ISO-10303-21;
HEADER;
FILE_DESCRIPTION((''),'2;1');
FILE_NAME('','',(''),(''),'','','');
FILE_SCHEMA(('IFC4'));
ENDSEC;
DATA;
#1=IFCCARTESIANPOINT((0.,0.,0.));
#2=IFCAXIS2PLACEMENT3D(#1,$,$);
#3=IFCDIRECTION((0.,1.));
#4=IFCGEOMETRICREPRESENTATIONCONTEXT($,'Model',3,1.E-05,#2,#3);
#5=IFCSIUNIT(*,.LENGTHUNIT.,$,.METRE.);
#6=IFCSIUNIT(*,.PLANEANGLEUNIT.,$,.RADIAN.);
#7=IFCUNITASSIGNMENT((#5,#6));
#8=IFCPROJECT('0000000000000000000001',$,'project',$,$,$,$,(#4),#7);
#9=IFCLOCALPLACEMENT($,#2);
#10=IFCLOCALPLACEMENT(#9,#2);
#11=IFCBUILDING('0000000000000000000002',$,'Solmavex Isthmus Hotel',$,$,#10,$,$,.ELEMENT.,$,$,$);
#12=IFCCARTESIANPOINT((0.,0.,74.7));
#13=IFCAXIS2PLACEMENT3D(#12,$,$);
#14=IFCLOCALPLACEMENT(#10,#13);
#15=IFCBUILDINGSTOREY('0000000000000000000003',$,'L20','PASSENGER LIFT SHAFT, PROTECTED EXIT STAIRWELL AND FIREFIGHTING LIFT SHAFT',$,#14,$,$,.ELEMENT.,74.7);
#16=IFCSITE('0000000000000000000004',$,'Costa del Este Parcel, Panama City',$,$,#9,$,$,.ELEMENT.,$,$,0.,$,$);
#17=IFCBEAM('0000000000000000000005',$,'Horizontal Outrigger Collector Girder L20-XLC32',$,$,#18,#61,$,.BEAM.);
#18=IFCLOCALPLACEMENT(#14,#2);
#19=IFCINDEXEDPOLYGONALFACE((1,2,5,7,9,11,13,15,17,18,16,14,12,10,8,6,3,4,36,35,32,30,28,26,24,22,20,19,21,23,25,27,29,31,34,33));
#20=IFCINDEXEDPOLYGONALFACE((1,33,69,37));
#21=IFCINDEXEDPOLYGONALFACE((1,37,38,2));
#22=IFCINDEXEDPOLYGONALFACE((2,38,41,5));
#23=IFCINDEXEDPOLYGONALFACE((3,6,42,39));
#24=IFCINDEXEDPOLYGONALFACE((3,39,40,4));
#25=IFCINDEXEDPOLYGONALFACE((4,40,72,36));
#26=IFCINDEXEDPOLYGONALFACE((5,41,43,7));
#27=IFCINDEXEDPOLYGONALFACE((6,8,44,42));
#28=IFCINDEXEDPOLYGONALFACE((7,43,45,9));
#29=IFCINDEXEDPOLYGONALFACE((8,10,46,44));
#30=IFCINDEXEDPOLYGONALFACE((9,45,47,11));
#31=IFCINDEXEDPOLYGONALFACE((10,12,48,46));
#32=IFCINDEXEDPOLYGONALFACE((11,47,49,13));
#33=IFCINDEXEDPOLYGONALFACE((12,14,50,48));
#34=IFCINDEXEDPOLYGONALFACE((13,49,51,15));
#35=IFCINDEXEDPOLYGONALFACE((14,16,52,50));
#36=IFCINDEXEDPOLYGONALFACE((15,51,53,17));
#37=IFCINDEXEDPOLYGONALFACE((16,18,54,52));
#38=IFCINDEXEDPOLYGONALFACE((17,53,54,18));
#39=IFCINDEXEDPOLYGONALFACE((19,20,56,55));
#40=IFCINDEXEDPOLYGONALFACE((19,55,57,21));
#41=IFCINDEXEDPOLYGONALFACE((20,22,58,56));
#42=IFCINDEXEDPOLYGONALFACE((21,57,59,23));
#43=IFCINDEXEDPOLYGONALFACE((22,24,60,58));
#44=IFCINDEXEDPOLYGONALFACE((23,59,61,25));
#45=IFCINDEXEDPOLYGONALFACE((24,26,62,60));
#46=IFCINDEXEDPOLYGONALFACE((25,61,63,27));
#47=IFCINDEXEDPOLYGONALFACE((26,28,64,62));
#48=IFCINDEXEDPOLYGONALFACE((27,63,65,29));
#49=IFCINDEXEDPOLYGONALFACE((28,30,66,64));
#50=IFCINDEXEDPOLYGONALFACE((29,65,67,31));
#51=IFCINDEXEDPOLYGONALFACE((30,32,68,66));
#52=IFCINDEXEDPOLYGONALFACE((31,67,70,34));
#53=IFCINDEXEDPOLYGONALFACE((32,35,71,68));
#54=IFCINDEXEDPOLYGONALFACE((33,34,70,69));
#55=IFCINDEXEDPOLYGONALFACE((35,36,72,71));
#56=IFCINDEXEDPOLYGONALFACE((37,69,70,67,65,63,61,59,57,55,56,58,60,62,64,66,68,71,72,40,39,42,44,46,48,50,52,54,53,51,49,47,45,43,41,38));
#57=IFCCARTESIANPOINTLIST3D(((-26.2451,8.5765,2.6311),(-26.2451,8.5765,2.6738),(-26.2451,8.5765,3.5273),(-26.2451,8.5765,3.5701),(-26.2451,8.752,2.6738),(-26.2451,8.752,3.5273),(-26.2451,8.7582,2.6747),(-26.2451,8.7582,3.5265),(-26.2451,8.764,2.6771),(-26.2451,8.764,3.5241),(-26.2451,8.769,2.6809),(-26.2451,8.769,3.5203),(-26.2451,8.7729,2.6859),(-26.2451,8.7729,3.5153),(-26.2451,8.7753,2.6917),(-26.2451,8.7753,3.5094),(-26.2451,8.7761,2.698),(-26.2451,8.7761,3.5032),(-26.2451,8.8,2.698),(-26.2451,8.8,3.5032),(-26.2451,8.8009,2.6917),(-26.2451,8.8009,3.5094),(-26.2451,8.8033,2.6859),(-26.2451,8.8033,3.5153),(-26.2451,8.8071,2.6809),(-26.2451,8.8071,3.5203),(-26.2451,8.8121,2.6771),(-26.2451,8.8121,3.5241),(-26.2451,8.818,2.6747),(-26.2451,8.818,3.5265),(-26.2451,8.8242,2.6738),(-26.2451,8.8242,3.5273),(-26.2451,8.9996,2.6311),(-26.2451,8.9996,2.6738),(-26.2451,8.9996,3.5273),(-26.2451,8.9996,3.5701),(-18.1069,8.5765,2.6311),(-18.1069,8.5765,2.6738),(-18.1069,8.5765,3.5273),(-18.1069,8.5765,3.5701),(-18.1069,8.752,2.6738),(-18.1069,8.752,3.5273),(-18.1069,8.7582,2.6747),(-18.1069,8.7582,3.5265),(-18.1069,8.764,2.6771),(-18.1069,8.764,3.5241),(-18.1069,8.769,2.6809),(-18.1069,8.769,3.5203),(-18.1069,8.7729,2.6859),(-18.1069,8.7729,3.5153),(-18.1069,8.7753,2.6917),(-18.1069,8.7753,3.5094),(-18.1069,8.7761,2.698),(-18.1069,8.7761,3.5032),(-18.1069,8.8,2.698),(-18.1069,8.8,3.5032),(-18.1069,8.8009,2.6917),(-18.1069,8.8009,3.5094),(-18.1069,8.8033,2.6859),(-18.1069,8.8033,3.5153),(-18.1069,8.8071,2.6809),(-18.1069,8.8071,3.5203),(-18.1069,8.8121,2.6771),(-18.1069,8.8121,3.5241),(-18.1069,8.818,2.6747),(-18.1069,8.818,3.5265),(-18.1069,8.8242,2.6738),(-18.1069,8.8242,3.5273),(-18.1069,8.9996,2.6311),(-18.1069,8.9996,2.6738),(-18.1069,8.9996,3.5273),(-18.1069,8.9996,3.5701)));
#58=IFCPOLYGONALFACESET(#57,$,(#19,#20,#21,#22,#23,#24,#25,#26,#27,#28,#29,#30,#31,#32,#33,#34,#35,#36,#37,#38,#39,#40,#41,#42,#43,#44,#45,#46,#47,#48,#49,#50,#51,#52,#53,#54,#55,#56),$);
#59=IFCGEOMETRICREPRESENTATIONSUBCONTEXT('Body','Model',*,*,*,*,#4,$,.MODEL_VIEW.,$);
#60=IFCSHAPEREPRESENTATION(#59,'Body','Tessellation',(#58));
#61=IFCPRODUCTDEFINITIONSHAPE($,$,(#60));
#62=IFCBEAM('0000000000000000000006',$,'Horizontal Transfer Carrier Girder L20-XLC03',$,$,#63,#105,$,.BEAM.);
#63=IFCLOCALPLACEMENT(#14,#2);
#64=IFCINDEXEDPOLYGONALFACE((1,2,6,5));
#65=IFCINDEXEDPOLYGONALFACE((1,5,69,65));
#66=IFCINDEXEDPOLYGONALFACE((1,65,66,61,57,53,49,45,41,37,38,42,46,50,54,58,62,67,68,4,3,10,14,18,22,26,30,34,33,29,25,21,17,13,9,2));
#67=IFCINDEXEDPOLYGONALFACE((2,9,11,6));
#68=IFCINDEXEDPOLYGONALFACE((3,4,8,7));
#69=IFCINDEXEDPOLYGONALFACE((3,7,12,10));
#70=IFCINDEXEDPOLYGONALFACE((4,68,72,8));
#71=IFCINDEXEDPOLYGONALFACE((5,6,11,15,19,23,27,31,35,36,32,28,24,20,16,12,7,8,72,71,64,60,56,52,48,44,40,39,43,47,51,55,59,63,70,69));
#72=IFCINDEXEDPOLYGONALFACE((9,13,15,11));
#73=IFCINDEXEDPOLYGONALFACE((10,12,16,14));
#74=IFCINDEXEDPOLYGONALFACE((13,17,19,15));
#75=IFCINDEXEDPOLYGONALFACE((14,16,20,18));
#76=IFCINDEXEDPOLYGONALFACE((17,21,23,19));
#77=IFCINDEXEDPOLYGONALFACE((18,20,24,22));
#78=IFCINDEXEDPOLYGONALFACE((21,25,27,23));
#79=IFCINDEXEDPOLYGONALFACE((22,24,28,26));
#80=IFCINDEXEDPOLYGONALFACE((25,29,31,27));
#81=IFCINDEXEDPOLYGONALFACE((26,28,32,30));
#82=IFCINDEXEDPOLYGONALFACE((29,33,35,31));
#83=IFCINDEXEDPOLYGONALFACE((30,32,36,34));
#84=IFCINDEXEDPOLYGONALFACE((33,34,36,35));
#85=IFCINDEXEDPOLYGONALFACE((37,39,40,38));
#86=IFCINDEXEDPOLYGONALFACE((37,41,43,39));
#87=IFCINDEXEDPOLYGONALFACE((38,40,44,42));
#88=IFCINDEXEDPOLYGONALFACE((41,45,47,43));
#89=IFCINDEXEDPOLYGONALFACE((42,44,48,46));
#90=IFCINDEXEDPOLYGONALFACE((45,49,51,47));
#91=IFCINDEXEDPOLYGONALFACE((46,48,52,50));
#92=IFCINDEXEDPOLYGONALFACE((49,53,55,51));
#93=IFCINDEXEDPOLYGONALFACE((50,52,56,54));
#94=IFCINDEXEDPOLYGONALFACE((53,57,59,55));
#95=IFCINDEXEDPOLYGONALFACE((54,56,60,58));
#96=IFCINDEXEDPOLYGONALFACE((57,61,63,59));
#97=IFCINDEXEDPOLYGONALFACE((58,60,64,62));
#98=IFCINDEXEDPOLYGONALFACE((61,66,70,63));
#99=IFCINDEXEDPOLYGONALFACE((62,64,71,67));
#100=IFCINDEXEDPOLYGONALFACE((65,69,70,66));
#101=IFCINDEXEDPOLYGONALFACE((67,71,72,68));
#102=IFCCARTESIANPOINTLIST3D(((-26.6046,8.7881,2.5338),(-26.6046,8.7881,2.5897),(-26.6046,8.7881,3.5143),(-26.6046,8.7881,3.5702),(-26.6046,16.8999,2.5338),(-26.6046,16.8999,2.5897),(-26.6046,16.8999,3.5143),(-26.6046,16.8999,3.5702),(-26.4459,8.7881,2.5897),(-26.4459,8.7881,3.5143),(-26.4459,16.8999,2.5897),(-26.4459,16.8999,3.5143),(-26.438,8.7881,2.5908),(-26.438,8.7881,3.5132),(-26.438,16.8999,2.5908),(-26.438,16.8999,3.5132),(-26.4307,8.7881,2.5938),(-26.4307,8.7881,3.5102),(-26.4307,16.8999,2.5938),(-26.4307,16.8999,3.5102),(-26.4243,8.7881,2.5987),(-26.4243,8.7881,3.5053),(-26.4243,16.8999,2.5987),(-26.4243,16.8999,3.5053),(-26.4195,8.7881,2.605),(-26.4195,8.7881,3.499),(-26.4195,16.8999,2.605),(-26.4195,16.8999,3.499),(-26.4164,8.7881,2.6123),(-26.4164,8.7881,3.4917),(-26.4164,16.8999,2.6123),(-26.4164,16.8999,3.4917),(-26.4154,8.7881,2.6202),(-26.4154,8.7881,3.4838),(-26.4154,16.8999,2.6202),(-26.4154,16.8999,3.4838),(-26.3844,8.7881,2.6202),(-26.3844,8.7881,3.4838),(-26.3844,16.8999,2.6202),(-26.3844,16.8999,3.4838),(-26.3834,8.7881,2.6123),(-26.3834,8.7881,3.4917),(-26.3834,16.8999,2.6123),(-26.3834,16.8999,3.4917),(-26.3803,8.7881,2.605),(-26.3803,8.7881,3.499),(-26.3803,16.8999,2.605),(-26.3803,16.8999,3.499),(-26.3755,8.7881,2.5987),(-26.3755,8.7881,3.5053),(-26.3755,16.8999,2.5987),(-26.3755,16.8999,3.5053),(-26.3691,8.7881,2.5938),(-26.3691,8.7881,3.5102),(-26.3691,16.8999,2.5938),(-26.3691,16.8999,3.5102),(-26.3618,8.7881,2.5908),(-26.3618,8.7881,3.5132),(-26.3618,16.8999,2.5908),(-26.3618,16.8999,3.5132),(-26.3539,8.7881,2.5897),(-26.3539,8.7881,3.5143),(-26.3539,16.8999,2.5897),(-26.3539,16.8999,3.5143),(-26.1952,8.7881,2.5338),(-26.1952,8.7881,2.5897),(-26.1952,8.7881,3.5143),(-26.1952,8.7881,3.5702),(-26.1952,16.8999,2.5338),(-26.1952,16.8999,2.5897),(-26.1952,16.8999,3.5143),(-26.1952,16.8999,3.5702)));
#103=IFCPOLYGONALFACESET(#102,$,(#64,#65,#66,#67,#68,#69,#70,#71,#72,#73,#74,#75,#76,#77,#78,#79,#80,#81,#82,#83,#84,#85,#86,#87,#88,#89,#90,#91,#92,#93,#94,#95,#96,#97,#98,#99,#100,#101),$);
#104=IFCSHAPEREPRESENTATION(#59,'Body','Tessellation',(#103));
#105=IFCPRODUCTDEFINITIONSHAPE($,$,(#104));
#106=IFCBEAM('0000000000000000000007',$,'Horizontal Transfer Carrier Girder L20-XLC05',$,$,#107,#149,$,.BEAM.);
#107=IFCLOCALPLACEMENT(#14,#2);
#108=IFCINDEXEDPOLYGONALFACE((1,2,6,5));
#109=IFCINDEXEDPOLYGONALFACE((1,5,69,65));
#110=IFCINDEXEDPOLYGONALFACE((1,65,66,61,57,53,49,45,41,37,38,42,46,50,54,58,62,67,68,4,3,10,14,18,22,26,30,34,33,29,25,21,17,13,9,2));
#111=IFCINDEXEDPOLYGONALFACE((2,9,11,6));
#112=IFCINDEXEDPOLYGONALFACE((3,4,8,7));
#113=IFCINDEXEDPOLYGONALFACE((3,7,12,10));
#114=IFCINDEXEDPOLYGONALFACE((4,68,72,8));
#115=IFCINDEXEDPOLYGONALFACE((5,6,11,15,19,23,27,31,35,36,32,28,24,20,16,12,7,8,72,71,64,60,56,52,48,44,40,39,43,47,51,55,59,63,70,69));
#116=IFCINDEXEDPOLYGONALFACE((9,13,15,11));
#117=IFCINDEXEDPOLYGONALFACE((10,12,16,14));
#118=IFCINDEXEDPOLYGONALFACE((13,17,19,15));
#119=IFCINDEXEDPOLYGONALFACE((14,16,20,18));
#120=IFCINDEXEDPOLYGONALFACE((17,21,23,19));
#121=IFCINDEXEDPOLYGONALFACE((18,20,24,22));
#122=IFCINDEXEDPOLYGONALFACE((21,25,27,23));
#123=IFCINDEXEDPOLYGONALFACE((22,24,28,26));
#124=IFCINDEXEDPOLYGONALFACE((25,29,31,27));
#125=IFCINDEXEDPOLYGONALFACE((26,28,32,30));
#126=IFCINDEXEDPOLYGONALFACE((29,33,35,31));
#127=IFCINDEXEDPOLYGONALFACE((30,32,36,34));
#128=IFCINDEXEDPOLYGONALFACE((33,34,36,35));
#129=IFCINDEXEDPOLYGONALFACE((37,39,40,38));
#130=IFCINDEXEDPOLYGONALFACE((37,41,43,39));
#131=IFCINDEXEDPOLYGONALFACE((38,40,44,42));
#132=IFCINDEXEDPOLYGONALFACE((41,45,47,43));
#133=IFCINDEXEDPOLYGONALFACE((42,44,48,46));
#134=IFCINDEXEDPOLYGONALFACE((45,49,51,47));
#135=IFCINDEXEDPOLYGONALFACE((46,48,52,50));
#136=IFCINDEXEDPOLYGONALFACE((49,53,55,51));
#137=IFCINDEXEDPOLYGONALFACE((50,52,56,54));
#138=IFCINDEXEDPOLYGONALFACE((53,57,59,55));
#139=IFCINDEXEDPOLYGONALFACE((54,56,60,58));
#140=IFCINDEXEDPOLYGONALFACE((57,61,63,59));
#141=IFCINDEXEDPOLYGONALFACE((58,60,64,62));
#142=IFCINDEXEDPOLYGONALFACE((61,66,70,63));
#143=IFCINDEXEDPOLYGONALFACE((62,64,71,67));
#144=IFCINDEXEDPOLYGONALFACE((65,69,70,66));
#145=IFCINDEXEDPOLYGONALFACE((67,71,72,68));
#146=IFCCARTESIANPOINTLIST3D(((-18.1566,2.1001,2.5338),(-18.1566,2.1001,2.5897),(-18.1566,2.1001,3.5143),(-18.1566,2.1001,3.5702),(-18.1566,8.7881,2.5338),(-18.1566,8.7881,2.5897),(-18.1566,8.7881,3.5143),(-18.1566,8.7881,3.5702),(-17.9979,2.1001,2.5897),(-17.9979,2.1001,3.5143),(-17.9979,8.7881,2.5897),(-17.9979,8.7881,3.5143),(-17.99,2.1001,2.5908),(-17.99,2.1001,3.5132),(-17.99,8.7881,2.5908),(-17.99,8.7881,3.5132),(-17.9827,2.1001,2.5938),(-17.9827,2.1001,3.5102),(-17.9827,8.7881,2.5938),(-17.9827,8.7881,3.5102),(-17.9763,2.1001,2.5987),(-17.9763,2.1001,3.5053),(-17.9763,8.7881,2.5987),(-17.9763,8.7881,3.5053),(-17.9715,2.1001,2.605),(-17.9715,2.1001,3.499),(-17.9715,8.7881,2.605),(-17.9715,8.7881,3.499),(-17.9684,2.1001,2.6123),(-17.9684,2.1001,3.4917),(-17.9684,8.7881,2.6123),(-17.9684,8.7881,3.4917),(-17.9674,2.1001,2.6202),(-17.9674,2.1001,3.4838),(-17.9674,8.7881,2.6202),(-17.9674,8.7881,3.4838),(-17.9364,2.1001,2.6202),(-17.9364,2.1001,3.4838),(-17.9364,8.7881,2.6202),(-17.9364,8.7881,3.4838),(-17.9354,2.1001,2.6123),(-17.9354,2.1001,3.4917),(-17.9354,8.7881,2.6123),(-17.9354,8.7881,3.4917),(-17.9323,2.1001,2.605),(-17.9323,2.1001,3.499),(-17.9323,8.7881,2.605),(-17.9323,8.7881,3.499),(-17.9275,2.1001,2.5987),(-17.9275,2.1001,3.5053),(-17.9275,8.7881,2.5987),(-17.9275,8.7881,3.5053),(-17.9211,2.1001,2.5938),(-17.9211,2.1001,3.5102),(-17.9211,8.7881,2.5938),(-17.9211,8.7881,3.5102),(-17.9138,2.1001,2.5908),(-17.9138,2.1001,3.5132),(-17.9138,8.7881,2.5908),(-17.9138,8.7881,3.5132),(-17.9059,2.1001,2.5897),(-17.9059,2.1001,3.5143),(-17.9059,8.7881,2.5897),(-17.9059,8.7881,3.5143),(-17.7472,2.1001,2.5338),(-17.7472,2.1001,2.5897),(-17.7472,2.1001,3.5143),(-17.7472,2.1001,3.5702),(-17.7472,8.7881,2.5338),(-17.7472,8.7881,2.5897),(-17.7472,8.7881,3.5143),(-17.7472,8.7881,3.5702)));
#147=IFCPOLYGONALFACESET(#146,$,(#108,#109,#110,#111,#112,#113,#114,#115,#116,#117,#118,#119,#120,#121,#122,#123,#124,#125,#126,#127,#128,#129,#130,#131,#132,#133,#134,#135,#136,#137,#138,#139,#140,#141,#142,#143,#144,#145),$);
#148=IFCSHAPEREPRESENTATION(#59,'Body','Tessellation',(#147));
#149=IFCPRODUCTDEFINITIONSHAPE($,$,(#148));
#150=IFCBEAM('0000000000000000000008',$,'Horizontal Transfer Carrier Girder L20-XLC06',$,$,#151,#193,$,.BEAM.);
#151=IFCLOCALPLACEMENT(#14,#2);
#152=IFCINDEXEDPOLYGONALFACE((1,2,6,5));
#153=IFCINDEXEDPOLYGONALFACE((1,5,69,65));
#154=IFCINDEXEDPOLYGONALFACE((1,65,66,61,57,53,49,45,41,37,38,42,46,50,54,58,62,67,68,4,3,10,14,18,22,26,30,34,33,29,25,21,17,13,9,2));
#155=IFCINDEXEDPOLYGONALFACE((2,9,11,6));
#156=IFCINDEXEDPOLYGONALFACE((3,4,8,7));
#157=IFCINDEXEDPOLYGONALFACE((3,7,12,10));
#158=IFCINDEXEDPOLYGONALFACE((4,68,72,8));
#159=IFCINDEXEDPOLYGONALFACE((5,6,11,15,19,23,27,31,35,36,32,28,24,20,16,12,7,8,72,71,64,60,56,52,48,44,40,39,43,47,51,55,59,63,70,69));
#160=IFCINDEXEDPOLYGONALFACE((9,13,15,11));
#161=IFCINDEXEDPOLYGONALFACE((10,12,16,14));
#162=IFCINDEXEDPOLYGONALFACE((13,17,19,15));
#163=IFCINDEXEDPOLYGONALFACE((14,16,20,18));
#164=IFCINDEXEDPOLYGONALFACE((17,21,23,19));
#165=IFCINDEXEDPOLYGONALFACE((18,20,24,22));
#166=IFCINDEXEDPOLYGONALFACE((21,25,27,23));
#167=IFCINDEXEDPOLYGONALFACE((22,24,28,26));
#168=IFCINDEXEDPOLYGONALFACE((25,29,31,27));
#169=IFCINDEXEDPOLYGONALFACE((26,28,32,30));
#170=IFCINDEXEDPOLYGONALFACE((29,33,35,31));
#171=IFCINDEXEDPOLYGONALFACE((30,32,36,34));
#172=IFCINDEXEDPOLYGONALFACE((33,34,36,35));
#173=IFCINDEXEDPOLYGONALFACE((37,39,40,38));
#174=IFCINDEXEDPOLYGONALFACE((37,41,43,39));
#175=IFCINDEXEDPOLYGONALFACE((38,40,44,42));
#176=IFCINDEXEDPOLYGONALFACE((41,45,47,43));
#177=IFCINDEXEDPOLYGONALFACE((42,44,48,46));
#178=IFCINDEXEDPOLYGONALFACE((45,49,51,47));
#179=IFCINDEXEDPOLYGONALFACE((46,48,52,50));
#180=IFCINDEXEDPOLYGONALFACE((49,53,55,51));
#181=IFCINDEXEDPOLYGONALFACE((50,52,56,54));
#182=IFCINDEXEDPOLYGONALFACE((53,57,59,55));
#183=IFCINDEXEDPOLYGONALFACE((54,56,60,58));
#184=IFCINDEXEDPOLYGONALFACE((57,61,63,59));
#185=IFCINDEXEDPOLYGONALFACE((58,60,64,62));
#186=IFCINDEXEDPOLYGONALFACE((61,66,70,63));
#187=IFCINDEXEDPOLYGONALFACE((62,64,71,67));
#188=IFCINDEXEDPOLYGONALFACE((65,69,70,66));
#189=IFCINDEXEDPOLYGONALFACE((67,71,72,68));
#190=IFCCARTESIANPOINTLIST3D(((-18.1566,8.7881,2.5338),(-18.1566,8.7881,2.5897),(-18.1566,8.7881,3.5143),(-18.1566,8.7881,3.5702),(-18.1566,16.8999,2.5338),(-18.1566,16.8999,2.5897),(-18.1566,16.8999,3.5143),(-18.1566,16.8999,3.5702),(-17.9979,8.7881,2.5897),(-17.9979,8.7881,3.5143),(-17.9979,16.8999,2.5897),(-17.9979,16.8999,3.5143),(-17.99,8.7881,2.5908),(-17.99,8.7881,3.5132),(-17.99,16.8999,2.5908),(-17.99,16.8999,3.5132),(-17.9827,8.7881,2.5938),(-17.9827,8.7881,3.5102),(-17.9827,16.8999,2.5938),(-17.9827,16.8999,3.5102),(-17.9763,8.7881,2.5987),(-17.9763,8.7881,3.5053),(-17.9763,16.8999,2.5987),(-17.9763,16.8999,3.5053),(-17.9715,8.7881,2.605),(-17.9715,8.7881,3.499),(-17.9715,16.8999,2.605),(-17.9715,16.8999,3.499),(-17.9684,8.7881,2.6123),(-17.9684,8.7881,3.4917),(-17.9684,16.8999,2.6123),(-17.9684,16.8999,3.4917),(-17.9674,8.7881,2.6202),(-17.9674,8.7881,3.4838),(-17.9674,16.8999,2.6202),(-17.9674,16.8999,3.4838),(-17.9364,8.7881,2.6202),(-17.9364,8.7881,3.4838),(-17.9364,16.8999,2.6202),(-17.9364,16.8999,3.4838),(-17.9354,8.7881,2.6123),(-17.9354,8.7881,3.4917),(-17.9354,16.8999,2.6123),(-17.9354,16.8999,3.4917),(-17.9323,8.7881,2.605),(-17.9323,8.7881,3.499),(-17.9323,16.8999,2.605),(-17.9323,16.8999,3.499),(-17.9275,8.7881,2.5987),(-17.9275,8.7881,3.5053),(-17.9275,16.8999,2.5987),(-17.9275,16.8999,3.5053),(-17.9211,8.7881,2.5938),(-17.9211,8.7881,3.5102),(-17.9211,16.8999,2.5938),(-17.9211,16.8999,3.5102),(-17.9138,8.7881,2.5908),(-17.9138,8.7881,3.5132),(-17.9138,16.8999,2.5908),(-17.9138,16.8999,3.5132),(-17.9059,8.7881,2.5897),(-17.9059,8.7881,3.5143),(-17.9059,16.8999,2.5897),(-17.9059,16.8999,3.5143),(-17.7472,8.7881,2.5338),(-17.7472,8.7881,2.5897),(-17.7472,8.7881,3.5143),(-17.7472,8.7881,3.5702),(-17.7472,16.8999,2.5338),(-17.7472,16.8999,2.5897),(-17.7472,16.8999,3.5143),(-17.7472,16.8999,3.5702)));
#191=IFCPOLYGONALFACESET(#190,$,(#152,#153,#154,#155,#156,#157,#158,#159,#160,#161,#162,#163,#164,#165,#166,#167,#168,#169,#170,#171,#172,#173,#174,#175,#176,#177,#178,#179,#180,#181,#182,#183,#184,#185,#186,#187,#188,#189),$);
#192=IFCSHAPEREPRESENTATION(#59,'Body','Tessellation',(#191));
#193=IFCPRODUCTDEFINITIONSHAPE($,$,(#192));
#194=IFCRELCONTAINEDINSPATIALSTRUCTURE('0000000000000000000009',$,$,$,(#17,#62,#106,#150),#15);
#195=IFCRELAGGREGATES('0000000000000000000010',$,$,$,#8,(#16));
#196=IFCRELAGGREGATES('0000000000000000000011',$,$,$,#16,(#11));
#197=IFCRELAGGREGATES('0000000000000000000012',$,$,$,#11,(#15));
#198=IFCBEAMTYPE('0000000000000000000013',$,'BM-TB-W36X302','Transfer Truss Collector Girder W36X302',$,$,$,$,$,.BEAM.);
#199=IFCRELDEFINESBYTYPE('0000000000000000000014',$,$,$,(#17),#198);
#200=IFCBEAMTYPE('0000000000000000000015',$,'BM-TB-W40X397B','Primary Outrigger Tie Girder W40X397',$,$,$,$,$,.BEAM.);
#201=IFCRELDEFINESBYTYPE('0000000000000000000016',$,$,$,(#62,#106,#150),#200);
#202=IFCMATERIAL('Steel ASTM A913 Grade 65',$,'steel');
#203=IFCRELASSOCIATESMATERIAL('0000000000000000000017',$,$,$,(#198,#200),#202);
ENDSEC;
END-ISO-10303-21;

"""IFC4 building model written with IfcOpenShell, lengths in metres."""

from ifc_helpers import new_model, si_unit, direction, frame, origin, origin_2d, place, context, subcontext, project, spatial, i_section, extrude, material, material_profile, profile_set, type_object, element, save


model = new_model("IFC4")

# Units and contexts
model_context = context("Model", 3, precision=1e-05, world=origin(), true_north=direction((0.0, 1.0)))
body_context = subcontext(model_context, "Body", "Model", "MODEL_VIEW")
ifc_project = project(units=[si_unit("LENGTHUNIT", "METRE"), si_unit("PLANEANGLEUNIT", "RADIAN")], contexts=[model_context])

# Site, building, storey
site_placement = place(None, origin())
site = spatial("IfcSite", under=ifc_project, at=site_placement, Name="Costa del Este Parcel, Panama City", CompositionType="ELEMENT", RefElevation=0.0)
building_placement = place(site_placement, origin())
building = spatial("IfcBuilding", under=site, at=building_placement, Name="Solmavex Isthmus Hotel", CompositionType="ELEMENT")
storey_placement = place(building_placement, frame((0.0, 0.0, 74.7)))
storey = spatial("IfcBuildingStorey", under=building, at=storey_placement, Name="L20", Description="PASSENGER LIFT SHAFT, PROTECTED EXIT STAIRWELL AND FIREFIGHTING LIFT SHAFT", CompositionType="ELEMENT", Elevation=74.7)

# Shared definitions
ifc_material_1 = material(Name="Steel ASTM A913 Grade 65", Category="steel")

# Beams
ifc_material_profile_1 = material_profile(ifc_material_1, i_section(OverallWidth=0.4231, OverallDepth=0.939, WebThickness=0.0239, FlangeThickness=0.0427, FilletRadius=0.0242, at=origin_2d()), Name="W36X302")
ifc_profile_set_1 = profile_set([ifc_material_profile_1], Name="Steel ASTM A913 Grade 65")
beam_type_1 = type_object("IfcBeamType", Name="BM-TB-W36X302", Description="Transfer Truss Collector Girder W36X302", PredefinedType="BEAM", material=ifc_profile_set_1)
beam_1_placement = place(storey_placement, frame((-26.2451, 8.7881, 3.1006), z_axis=(1.0, 0.0, 0.0), x_axis=(0.0, 1.0, 0.0)))
element("IfcBeam", 1, at=beam_1_placement, inside=storey, type_object=beam_type_1, Name="Horizontal Outrigger Collector Girder L20-XLC32", PredefinedType="BEAM", context=body_context, shape_type="SweptSolid", body=[
    extrude(i_section(OverallWidth=0.4231, OverallDepth=0.939, WebThickness=0.0239, FlangeThickness=0.0427, FilletRadius=0.0242, at=origin_2d()), origin(), (0.0, 0.0, 1.0), 8.1382),
])
ifc_material_profile_2 = material_profile(ifc_material_1, i_section(OverallWidth=0.4094, OverallDepth=1.0364, WebThickness=0.031, FlangeThickness=0.0559, FilletRadius=0.0305, at=origin_2d()), Name="W40X397")
ifc_profile_set_2 = profile_set([ifc_material_profile_2], Name="Steel ASTM A913 Grade 65")
beam_type_2 = type_object("IfcBeamType", Name="BM-TB-W40X397B", Description="Primary Outrigger Tie Girder W40X397", PredefinedType="BEAM", material=ifc_profile_set_2)
beam_2_placement = place(storey_placement, frame((-26.3999, 8.7881, 3.052), z_axis=(0.0, 1.0, 0.0), x_axis=(-1.0, 0.0, 0.0)))
element("IfcBeam", 2, at=beam_2_placement, inside=storey, type_object=beam_type_2, Name="Horizontal Transfer Carrier Girder L20-XLC03", PredefinedType="BEAM", context=body_context, shape_type="SweptSolid", body=[
    extrude(i_section(OverallWidth=0.4094, OverallDepth=1.0364, WebThickness=0.031, FlangeThickness=0.0559, FilletRadius=0.0305, at=origin_2d()), origin(), (0.0, 0.0, 1.0), 8.1118),
])
beam_3_placement = place(storey_placement, frame((-17.9519, 2.1001, 3.052), z_axis=(0.0, 1.0, 0.0), x_axis=(-1.0, 0.0, 0.0)))
element("IfcBeam", 3, at=beam_3_placement, inside=storey, type_object=beam_type_2, Name="Horizontal Transfer Carrier Girder L20-XLC05", PredefinedType="BEAM", context=body_context, shape_type="SweptSolid", body=[
    extrude(i_section(OverallWidth=0.4094, OverallDepth=1.0364, WebThickness=0.031, FlangeThickness=0.0559, FilletRadius=0.0305, at=origin_2d()), origin(), (0.0, 0.0, 1.0), 6.688),
])
beam_4_placement = place(storey_placement, frame((-17.9519, 8.7881, 3.052), z_axis=(0.0, 1.0, 0.0), x_axis=(-1.0, 0.0, 0.0)))
element("IfcBeam", 4, at=beam_4_placement, inside=storey, type_object=beam_type_2, Name="Horizontal Transfer Carrier Girder L20-XLC06", PredefinedType="BEAM", context=body_context, shape_type="SweptSolid", body=[
    extrude(i_section(OverallWidth=0.4094, OverallDepth=1.0364, WebThickness=0.031, FlangeThickness=0.0559, FilletRadius=0.0305, at=origin_2d()), origin(), (0.0, 0.0, 1.0), 8.1118),
])

save(model, "model.ifc")
